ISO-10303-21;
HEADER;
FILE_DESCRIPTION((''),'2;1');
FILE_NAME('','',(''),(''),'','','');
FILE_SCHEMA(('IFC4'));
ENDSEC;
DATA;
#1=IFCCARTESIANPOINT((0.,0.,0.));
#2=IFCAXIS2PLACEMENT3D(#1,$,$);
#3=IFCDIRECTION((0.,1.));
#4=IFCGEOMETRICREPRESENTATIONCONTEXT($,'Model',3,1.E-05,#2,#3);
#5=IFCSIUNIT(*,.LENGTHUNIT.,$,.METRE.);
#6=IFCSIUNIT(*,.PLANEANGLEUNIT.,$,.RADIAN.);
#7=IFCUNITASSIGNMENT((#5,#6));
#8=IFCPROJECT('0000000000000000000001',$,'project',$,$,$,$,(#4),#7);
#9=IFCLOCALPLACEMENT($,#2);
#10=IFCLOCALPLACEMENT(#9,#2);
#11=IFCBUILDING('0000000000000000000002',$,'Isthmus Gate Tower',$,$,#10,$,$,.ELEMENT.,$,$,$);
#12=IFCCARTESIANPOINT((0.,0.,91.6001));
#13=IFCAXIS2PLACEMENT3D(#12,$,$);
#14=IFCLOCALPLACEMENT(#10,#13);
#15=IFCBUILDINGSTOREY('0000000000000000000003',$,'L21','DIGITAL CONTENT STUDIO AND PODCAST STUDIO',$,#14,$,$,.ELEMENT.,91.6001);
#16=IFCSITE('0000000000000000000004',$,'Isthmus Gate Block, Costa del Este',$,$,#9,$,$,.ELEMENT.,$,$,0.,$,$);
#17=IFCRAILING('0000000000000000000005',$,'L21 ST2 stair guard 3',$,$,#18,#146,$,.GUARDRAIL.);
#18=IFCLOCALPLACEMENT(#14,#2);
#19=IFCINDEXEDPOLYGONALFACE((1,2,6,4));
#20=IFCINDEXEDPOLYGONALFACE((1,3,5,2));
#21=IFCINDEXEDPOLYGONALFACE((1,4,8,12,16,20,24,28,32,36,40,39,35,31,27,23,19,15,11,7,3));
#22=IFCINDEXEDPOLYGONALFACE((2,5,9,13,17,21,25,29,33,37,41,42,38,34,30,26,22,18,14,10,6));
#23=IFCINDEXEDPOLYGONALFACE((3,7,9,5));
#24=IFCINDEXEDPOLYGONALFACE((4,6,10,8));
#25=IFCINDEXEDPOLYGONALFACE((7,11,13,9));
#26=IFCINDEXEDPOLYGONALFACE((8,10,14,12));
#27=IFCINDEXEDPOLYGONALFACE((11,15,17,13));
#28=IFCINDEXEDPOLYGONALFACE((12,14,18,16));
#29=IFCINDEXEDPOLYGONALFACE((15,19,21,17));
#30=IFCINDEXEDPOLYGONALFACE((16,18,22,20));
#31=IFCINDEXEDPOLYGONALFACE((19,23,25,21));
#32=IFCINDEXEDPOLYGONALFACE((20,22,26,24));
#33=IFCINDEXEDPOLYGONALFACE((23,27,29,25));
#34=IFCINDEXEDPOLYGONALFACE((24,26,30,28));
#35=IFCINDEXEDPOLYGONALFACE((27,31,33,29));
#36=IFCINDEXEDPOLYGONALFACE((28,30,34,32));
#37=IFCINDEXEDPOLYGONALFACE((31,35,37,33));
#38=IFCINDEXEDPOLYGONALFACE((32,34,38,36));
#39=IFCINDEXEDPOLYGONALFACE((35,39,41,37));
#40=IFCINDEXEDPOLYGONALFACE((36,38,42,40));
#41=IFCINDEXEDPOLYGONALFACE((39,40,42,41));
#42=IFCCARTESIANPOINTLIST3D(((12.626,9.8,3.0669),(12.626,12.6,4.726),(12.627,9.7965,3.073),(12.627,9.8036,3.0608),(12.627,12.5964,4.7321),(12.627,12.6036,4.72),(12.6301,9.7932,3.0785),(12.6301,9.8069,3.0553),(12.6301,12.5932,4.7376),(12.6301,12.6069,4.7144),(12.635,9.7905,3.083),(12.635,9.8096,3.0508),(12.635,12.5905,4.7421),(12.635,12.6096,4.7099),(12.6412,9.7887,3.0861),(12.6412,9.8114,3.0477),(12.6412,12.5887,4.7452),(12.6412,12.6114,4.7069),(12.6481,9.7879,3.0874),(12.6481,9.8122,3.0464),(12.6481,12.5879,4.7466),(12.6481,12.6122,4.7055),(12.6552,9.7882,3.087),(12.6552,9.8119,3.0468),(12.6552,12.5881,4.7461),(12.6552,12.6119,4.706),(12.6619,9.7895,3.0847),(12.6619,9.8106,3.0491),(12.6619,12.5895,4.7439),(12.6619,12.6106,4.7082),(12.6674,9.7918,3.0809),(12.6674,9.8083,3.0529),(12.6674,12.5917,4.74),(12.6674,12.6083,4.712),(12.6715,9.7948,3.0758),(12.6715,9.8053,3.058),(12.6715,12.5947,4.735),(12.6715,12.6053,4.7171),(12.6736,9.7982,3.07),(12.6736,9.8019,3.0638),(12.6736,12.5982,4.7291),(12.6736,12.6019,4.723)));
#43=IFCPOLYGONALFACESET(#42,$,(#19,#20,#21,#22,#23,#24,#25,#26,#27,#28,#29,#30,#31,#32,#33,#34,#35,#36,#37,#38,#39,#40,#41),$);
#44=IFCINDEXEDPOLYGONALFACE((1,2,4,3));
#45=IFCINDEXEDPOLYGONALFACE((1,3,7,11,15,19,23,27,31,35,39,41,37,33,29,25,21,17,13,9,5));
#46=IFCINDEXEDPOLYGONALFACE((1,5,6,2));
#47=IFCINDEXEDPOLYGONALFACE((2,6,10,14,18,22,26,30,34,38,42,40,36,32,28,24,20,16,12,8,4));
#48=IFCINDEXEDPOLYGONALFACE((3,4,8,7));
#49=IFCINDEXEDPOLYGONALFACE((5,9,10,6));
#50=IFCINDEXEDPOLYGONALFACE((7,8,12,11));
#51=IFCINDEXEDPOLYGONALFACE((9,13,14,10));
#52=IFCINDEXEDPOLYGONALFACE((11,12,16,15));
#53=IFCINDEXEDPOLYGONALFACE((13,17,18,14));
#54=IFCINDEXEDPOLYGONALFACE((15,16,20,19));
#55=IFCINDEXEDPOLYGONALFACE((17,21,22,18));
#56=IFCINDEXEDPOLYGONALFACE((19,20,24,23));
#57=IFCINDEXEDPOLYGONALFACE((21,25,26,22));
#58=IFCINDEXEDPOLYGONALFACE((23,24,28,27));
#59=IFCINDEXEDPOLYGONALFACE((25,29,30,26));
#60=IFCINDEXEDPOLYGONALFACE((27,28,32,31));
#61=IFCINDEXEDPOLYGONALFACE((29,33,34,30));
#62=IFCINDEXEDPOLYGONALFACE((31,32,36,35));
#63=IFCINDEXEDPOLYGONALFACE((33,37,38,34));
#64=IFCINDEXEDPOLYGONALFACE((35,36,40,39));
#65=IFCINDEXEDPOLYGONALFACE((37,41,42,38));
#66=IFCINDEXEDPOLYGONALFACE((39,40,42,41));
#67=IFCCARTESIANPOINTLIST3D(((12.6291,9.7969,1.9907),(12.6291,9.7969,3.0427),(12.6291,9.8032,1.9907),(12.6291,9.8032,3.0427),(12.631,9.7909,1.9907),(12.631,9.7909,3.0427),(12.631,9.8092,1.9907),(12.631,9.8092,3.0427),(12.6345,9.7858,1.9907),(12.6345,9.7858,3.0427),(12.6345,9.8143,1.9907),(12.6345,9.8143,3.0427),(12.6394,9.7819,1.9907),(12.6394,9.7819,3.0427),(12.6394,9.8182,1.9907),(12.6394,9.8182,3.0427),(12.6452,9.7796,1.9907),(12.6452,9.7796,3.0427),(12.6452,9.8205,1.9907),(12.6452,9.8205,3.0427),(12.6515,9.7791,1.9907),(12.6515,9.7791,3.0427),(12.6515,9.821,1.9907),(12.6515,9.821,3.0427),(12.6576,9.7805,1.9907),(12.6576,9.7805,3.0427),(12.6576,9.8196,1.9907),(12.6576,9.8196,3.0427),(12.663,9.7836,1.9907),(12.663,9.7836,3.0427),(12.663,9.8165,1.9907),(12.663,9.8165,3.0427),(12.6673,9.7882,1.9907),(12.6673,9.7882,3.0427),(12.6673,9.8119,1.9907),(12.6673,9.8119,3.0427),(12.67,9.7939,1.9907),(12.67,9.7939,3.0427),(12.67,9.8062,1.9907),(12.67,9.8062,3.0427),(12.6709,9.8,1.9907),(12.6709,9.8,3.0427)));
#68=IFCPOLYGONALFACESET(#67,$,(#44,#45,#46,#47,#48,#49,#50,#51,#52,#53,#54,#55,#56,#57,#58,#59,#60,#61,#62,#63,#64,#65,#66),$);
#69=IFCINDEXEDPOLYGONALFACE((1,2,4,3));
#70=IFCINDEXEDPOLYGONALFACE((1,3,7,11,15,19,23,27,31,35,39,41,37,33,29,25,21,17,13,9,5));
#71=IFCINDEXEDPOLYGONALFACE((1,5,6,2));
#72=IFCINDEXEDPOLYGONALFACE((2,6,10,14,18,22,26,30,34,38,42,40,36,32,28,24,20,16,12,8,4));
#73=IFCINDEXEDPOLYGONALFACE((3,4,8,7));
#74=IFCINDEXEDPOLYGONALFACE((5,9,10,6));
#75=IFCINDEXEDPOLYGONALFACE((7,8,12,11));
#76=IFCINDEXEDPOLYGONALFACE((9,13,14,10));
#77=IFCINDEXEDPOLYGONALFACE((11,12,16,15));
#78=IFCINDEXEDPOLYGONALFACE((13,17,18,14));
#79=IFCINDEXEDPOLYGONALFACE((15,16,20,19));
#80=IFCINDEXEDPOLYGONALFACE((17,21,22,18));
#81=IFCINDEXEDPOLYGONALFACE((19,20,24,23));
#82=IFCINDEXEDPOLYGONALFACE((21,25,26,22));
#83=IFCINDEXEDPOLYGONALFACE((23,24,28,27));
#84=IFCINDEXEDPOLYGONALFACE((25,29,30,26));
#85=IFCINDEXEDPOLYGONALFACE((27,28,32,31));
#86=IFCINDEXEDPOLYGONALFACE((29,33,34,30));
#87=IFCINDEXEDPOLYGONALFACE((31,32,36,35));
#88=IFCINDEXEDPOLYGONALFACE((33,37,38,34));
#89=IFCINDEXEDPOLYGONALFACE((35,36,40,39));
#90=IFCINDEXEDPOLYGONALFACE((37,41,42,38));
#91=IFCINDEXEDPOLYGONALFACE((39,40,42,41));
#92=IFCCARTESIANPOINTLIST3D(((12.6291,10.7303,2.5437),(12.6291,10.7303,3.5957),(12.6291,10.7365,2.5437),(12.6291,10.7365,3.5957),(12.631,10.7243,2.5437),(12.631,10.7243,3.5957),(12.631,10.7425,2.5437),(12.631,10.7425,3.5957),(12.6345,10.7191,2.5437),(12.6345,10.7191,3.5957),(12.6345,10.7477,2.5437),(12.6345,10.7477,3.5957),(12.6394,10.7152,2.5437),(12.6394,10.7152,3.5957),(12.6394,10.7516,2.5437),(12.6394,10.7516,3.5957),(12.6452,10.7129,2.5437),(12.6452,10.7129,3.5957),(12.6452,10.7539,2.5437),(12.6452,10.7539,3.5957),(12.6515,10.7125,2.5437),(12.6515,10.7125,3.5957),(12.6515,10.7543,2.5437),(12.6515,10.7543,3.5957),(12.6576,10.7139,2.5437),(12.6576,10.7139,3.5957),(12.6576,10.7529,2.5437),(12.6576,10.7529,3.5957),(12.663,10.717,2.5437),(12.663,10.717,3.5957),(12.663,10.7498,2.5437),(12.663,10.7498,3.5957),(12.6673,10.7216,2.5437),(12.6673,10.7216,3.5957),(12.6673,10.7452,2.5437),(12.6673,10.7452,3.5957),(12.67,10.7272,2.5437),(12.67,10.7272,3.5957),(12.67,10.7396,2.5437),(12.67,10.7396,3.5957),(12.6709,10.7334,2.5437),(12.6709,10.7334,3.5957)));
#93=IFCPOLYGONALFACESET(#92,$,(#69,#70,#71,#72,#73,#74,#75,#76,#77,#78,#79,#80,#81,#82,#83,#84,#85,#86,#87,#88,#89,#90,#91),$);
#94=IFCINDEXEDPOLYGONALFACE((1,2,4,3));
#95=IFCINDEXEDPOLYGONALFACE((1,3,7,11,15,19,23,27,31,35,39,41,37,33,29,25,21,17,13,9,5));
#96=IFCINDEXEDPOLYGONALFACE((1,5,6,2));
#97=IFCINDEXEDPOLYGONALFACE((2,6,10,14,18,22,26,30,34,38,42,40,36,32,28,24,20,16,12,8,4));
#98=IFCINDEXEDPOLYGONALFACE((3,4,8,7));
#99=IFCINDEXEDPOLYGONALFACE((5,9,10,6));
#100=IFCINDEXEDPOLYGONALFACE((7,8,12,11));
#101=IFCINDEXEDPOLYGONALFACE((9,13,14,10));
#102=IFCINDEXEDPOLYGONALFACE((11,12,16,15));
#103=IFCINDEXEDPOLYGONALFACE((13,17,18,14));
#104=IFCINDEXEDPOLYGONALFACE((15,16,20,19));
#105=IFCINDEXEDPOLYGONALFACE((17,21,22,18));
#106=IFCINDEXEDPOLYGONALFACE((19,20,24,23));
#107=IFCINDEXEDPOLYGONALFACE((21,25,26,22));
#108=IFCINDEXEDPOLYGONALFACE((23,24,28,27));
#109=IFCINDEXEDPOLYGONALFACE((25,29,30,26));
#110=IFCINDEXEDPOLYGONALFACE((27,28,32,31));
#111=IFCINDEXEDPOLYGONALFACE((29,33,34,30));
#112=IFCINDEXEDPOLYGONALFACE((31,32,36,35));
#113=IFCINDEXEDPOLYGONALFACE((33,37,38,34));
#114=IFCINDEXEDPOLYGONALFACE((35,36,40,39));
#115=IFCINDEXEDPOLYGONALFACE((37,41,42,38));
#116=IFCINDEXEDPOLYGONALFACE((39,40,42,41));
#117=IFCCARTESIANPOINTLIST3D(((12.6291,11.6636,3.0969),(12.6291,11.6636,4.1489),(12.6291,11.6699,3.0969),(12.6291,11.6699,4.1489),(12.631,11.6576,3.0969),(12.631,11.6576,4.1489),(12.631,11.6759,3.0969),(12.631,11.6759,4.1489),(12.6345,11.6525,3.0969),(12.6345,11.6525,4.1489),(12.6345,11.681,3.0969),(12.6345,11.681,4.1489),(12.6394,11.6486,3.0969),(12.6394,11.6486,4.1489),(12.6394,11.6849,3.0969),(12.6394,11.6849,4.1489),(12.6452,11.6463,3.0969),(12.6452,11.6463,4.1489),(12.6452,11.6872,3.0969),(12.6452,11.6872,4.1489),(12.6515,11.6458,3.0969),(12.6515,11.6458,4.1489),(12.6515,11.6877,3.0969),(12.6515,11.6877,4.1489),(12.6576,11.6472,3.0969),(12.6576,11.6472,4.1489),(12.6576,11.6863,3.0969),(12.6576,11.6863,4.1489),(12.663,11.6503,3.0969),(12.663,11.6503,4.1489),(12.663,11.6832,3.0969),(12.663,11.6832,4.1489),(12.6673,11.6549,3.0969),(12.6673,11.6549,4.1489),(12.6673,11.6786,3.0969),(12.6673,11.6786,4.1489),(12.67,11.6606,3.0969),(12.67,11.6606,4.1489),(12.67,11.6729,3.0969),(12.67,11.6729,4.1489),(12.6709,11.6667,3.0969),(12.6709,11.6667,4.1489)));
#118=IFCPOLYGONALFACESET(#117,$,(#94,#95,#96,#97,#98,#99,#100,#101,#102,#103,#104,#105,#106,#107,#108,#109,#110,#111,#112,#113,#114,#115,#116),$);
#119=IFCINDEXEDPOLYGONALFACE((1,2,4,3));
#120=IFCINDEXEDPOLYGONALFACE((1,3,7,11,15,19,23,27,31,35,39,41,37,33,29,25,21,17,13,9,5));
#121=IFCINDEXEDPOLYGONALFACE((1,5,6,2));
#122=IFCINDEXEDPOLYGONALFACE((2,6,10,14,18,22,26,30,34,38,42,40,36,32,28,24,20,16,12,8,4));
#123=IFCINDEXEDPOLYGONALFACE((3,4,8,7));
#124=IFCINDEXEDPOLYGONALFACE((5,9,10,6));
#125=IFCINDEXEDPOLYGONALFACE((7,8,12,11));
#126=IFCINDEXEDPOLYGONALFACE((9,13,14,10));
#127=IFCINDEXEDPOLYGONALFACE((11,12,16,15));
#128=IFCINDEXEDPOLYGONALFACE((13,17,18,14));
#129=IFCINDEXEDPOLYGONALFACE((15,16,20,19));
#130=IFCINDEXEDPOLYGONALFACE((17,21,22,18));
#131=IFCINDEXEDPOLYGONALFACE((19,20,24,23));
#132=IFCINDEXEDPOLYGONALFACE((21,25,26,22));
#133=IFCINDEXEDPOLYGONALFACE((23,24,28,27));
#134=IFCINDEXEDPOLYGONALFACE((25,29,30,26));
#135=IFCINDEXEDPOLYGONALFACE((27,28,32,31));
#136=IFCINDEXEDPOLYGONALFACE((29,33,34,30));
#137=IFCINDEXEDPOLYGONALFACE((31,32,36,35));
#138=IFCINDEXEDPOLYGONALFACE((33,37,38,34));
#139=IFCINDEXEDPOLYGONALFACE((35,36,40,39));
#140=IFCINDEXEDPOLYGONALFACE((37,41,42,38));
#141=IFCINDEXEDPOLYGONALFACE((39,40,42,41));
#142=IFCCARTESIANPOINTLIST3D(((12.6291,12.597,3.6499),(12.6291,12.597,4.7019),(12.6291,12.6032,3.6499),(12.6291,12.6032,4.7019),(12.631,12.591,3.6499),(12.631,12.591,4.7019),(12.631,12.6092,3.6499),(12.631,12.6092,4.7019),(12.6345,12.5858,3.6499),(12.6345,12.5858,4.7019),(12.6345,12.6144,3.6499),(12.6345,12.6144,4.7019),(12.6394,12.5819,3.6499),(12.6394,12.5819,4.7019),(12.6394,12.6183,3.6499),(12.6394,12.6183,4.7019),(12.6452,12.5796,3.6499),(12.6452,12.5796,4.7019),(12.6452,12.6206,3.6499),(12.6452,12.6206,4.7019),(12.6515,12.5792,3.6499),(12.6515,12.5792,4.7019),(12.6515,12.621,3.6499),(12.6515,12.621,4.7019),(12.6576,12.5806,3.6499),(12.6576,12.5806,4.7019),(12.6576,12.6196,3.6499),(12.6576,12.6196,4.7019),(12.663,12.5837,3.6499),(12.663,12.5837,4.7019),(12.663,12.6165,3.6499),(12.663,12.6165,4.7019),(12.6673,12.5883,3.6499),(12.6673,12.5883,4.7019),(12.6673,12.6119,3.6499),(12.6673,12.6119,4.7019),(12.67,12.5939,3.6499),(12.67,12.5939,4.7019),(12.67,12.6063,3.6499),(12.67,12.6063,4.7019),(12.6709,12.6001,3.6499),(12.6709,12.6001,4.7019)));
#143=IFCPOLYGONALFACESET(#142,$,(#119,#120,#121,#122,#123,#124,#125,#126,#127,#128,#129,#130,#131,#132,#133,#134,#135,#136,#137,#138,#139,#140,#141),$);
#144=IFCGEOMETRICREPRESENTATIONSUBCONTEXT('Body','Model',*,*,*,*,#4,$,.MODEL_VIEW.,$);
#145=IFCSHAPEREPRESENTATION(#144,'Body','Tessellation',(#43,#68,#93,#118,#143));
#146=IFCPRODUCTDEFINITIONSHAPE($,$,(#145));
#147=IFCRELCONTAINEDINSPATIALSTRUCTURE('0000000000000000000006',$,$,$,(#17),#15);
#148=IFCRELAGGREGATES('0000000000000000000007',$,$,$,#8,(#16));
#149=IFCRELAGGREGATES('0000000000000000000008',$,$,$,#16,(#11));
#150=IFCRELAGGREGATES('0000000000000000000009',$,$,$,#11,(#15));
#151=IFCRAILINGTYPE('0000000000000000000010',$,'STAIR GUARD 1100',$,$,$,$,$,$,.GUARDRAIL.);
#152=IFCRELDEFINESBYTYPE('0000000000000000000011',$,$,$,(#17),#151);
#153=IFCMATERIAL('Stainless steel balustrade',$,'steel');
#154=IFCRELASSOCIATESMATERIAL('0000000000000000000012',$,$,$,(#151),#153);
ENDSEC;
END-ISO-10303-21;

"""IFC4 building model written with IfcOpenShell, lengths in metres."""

from ifc_helpers import new_model, si_unit, direction, frame, origin, origin_2d, place, context, subcontext, project, spatial, circle, extrude, material, type_object, element, save


model = new_model("IFC4")

# Units and contexts
model_context = context("Model", 3, precision=1e-05, world=origin(), true_north=direction((0.0, 1.0)))
body_context = subcontext(model_context, "Body", "Model", "MODEL_VIEW")
ifc_project = project(units=[si_unit("LENGTHUNIT", "METRE"), si_unit("PLANEANGLEUNIT", "RADIAN")], contexts=[model_context])

# Site, building, storey
site_placement = place(None, origin())
site = spatial("IfcSite", under=ifc_project, at=site_placement, Name="Isthmus Gate Block, Costa del Este", CompositionType="ELEMENT", RefElevation=0.0)
building_placement = place(site_placement, origin())
building = spatial("IfcBuilding", under=site, at=building_placement, Name="Isthmus Gate Tower", CompositionType="ELEMENT")
storey_placement = place(building_placement, frame((0.0, 0.0, 91.6001)))
storey = spatial("IfcBuildingStorey", under=building, at=storey_placement, Name="L21", Description="DIGITAL CONTENT STUDIO AND PODCAST STUDIO", CompositionType="ELEMENT", Elevation=91.6001)

# Railing
ifc_material_1 = material(Name="Stainless steel balustrade", Category="steel")
railing_type_1 = type_object("IfcRailingType", Name="STAIR GUARD 1100", PredefinedType="GUARDRAIL", material=ifc_material_1)
railing_1_placement = place(storey_placement, frame((12.6499, 9.8, 1.9907)))
element("IfcRailing", 1, at=railing_1_placement, inside=storey, type_object=railing_type_1, Name="L21 ST2 stair guard 3", PredefinedType="GUARDRAIL", context=body_context, shape_type="SweptSolid", body=[
    extrude(circle(Radius=0.0239, at=origin_2d()), frame((0.0, 0.0, 1.0762), z_axis=(0.0, 0.860306, 0.509778), x_axis=(-1.0, 0.0, 0.0)), (0.0, 0.0, 1.0), 3.2546),
    extrude(circle(Radius=0.021, at=origin_2d()), origin(), (0.0, 0.0, 1.0), 1.052),
    extrude(circle(Radius=0.021, at=origin_2d()), frame((0.0, 0.9333, 0.553)), (0.0, 0.0, 1.0), 1.052),
    extrude(circle(Radius=0.021, at=origin_2d()), frame((0.0, 1.8667, 1.1062)), (0.0, 0.0, 1.0), 1.052),
    extrude(circle(Radius=0.021, at=origin_2d()), frame((0.0, 2.8, 1.6592)), (0.0, 0.0, 1.0), 1.052),
])

save(model, "model.ifc")
